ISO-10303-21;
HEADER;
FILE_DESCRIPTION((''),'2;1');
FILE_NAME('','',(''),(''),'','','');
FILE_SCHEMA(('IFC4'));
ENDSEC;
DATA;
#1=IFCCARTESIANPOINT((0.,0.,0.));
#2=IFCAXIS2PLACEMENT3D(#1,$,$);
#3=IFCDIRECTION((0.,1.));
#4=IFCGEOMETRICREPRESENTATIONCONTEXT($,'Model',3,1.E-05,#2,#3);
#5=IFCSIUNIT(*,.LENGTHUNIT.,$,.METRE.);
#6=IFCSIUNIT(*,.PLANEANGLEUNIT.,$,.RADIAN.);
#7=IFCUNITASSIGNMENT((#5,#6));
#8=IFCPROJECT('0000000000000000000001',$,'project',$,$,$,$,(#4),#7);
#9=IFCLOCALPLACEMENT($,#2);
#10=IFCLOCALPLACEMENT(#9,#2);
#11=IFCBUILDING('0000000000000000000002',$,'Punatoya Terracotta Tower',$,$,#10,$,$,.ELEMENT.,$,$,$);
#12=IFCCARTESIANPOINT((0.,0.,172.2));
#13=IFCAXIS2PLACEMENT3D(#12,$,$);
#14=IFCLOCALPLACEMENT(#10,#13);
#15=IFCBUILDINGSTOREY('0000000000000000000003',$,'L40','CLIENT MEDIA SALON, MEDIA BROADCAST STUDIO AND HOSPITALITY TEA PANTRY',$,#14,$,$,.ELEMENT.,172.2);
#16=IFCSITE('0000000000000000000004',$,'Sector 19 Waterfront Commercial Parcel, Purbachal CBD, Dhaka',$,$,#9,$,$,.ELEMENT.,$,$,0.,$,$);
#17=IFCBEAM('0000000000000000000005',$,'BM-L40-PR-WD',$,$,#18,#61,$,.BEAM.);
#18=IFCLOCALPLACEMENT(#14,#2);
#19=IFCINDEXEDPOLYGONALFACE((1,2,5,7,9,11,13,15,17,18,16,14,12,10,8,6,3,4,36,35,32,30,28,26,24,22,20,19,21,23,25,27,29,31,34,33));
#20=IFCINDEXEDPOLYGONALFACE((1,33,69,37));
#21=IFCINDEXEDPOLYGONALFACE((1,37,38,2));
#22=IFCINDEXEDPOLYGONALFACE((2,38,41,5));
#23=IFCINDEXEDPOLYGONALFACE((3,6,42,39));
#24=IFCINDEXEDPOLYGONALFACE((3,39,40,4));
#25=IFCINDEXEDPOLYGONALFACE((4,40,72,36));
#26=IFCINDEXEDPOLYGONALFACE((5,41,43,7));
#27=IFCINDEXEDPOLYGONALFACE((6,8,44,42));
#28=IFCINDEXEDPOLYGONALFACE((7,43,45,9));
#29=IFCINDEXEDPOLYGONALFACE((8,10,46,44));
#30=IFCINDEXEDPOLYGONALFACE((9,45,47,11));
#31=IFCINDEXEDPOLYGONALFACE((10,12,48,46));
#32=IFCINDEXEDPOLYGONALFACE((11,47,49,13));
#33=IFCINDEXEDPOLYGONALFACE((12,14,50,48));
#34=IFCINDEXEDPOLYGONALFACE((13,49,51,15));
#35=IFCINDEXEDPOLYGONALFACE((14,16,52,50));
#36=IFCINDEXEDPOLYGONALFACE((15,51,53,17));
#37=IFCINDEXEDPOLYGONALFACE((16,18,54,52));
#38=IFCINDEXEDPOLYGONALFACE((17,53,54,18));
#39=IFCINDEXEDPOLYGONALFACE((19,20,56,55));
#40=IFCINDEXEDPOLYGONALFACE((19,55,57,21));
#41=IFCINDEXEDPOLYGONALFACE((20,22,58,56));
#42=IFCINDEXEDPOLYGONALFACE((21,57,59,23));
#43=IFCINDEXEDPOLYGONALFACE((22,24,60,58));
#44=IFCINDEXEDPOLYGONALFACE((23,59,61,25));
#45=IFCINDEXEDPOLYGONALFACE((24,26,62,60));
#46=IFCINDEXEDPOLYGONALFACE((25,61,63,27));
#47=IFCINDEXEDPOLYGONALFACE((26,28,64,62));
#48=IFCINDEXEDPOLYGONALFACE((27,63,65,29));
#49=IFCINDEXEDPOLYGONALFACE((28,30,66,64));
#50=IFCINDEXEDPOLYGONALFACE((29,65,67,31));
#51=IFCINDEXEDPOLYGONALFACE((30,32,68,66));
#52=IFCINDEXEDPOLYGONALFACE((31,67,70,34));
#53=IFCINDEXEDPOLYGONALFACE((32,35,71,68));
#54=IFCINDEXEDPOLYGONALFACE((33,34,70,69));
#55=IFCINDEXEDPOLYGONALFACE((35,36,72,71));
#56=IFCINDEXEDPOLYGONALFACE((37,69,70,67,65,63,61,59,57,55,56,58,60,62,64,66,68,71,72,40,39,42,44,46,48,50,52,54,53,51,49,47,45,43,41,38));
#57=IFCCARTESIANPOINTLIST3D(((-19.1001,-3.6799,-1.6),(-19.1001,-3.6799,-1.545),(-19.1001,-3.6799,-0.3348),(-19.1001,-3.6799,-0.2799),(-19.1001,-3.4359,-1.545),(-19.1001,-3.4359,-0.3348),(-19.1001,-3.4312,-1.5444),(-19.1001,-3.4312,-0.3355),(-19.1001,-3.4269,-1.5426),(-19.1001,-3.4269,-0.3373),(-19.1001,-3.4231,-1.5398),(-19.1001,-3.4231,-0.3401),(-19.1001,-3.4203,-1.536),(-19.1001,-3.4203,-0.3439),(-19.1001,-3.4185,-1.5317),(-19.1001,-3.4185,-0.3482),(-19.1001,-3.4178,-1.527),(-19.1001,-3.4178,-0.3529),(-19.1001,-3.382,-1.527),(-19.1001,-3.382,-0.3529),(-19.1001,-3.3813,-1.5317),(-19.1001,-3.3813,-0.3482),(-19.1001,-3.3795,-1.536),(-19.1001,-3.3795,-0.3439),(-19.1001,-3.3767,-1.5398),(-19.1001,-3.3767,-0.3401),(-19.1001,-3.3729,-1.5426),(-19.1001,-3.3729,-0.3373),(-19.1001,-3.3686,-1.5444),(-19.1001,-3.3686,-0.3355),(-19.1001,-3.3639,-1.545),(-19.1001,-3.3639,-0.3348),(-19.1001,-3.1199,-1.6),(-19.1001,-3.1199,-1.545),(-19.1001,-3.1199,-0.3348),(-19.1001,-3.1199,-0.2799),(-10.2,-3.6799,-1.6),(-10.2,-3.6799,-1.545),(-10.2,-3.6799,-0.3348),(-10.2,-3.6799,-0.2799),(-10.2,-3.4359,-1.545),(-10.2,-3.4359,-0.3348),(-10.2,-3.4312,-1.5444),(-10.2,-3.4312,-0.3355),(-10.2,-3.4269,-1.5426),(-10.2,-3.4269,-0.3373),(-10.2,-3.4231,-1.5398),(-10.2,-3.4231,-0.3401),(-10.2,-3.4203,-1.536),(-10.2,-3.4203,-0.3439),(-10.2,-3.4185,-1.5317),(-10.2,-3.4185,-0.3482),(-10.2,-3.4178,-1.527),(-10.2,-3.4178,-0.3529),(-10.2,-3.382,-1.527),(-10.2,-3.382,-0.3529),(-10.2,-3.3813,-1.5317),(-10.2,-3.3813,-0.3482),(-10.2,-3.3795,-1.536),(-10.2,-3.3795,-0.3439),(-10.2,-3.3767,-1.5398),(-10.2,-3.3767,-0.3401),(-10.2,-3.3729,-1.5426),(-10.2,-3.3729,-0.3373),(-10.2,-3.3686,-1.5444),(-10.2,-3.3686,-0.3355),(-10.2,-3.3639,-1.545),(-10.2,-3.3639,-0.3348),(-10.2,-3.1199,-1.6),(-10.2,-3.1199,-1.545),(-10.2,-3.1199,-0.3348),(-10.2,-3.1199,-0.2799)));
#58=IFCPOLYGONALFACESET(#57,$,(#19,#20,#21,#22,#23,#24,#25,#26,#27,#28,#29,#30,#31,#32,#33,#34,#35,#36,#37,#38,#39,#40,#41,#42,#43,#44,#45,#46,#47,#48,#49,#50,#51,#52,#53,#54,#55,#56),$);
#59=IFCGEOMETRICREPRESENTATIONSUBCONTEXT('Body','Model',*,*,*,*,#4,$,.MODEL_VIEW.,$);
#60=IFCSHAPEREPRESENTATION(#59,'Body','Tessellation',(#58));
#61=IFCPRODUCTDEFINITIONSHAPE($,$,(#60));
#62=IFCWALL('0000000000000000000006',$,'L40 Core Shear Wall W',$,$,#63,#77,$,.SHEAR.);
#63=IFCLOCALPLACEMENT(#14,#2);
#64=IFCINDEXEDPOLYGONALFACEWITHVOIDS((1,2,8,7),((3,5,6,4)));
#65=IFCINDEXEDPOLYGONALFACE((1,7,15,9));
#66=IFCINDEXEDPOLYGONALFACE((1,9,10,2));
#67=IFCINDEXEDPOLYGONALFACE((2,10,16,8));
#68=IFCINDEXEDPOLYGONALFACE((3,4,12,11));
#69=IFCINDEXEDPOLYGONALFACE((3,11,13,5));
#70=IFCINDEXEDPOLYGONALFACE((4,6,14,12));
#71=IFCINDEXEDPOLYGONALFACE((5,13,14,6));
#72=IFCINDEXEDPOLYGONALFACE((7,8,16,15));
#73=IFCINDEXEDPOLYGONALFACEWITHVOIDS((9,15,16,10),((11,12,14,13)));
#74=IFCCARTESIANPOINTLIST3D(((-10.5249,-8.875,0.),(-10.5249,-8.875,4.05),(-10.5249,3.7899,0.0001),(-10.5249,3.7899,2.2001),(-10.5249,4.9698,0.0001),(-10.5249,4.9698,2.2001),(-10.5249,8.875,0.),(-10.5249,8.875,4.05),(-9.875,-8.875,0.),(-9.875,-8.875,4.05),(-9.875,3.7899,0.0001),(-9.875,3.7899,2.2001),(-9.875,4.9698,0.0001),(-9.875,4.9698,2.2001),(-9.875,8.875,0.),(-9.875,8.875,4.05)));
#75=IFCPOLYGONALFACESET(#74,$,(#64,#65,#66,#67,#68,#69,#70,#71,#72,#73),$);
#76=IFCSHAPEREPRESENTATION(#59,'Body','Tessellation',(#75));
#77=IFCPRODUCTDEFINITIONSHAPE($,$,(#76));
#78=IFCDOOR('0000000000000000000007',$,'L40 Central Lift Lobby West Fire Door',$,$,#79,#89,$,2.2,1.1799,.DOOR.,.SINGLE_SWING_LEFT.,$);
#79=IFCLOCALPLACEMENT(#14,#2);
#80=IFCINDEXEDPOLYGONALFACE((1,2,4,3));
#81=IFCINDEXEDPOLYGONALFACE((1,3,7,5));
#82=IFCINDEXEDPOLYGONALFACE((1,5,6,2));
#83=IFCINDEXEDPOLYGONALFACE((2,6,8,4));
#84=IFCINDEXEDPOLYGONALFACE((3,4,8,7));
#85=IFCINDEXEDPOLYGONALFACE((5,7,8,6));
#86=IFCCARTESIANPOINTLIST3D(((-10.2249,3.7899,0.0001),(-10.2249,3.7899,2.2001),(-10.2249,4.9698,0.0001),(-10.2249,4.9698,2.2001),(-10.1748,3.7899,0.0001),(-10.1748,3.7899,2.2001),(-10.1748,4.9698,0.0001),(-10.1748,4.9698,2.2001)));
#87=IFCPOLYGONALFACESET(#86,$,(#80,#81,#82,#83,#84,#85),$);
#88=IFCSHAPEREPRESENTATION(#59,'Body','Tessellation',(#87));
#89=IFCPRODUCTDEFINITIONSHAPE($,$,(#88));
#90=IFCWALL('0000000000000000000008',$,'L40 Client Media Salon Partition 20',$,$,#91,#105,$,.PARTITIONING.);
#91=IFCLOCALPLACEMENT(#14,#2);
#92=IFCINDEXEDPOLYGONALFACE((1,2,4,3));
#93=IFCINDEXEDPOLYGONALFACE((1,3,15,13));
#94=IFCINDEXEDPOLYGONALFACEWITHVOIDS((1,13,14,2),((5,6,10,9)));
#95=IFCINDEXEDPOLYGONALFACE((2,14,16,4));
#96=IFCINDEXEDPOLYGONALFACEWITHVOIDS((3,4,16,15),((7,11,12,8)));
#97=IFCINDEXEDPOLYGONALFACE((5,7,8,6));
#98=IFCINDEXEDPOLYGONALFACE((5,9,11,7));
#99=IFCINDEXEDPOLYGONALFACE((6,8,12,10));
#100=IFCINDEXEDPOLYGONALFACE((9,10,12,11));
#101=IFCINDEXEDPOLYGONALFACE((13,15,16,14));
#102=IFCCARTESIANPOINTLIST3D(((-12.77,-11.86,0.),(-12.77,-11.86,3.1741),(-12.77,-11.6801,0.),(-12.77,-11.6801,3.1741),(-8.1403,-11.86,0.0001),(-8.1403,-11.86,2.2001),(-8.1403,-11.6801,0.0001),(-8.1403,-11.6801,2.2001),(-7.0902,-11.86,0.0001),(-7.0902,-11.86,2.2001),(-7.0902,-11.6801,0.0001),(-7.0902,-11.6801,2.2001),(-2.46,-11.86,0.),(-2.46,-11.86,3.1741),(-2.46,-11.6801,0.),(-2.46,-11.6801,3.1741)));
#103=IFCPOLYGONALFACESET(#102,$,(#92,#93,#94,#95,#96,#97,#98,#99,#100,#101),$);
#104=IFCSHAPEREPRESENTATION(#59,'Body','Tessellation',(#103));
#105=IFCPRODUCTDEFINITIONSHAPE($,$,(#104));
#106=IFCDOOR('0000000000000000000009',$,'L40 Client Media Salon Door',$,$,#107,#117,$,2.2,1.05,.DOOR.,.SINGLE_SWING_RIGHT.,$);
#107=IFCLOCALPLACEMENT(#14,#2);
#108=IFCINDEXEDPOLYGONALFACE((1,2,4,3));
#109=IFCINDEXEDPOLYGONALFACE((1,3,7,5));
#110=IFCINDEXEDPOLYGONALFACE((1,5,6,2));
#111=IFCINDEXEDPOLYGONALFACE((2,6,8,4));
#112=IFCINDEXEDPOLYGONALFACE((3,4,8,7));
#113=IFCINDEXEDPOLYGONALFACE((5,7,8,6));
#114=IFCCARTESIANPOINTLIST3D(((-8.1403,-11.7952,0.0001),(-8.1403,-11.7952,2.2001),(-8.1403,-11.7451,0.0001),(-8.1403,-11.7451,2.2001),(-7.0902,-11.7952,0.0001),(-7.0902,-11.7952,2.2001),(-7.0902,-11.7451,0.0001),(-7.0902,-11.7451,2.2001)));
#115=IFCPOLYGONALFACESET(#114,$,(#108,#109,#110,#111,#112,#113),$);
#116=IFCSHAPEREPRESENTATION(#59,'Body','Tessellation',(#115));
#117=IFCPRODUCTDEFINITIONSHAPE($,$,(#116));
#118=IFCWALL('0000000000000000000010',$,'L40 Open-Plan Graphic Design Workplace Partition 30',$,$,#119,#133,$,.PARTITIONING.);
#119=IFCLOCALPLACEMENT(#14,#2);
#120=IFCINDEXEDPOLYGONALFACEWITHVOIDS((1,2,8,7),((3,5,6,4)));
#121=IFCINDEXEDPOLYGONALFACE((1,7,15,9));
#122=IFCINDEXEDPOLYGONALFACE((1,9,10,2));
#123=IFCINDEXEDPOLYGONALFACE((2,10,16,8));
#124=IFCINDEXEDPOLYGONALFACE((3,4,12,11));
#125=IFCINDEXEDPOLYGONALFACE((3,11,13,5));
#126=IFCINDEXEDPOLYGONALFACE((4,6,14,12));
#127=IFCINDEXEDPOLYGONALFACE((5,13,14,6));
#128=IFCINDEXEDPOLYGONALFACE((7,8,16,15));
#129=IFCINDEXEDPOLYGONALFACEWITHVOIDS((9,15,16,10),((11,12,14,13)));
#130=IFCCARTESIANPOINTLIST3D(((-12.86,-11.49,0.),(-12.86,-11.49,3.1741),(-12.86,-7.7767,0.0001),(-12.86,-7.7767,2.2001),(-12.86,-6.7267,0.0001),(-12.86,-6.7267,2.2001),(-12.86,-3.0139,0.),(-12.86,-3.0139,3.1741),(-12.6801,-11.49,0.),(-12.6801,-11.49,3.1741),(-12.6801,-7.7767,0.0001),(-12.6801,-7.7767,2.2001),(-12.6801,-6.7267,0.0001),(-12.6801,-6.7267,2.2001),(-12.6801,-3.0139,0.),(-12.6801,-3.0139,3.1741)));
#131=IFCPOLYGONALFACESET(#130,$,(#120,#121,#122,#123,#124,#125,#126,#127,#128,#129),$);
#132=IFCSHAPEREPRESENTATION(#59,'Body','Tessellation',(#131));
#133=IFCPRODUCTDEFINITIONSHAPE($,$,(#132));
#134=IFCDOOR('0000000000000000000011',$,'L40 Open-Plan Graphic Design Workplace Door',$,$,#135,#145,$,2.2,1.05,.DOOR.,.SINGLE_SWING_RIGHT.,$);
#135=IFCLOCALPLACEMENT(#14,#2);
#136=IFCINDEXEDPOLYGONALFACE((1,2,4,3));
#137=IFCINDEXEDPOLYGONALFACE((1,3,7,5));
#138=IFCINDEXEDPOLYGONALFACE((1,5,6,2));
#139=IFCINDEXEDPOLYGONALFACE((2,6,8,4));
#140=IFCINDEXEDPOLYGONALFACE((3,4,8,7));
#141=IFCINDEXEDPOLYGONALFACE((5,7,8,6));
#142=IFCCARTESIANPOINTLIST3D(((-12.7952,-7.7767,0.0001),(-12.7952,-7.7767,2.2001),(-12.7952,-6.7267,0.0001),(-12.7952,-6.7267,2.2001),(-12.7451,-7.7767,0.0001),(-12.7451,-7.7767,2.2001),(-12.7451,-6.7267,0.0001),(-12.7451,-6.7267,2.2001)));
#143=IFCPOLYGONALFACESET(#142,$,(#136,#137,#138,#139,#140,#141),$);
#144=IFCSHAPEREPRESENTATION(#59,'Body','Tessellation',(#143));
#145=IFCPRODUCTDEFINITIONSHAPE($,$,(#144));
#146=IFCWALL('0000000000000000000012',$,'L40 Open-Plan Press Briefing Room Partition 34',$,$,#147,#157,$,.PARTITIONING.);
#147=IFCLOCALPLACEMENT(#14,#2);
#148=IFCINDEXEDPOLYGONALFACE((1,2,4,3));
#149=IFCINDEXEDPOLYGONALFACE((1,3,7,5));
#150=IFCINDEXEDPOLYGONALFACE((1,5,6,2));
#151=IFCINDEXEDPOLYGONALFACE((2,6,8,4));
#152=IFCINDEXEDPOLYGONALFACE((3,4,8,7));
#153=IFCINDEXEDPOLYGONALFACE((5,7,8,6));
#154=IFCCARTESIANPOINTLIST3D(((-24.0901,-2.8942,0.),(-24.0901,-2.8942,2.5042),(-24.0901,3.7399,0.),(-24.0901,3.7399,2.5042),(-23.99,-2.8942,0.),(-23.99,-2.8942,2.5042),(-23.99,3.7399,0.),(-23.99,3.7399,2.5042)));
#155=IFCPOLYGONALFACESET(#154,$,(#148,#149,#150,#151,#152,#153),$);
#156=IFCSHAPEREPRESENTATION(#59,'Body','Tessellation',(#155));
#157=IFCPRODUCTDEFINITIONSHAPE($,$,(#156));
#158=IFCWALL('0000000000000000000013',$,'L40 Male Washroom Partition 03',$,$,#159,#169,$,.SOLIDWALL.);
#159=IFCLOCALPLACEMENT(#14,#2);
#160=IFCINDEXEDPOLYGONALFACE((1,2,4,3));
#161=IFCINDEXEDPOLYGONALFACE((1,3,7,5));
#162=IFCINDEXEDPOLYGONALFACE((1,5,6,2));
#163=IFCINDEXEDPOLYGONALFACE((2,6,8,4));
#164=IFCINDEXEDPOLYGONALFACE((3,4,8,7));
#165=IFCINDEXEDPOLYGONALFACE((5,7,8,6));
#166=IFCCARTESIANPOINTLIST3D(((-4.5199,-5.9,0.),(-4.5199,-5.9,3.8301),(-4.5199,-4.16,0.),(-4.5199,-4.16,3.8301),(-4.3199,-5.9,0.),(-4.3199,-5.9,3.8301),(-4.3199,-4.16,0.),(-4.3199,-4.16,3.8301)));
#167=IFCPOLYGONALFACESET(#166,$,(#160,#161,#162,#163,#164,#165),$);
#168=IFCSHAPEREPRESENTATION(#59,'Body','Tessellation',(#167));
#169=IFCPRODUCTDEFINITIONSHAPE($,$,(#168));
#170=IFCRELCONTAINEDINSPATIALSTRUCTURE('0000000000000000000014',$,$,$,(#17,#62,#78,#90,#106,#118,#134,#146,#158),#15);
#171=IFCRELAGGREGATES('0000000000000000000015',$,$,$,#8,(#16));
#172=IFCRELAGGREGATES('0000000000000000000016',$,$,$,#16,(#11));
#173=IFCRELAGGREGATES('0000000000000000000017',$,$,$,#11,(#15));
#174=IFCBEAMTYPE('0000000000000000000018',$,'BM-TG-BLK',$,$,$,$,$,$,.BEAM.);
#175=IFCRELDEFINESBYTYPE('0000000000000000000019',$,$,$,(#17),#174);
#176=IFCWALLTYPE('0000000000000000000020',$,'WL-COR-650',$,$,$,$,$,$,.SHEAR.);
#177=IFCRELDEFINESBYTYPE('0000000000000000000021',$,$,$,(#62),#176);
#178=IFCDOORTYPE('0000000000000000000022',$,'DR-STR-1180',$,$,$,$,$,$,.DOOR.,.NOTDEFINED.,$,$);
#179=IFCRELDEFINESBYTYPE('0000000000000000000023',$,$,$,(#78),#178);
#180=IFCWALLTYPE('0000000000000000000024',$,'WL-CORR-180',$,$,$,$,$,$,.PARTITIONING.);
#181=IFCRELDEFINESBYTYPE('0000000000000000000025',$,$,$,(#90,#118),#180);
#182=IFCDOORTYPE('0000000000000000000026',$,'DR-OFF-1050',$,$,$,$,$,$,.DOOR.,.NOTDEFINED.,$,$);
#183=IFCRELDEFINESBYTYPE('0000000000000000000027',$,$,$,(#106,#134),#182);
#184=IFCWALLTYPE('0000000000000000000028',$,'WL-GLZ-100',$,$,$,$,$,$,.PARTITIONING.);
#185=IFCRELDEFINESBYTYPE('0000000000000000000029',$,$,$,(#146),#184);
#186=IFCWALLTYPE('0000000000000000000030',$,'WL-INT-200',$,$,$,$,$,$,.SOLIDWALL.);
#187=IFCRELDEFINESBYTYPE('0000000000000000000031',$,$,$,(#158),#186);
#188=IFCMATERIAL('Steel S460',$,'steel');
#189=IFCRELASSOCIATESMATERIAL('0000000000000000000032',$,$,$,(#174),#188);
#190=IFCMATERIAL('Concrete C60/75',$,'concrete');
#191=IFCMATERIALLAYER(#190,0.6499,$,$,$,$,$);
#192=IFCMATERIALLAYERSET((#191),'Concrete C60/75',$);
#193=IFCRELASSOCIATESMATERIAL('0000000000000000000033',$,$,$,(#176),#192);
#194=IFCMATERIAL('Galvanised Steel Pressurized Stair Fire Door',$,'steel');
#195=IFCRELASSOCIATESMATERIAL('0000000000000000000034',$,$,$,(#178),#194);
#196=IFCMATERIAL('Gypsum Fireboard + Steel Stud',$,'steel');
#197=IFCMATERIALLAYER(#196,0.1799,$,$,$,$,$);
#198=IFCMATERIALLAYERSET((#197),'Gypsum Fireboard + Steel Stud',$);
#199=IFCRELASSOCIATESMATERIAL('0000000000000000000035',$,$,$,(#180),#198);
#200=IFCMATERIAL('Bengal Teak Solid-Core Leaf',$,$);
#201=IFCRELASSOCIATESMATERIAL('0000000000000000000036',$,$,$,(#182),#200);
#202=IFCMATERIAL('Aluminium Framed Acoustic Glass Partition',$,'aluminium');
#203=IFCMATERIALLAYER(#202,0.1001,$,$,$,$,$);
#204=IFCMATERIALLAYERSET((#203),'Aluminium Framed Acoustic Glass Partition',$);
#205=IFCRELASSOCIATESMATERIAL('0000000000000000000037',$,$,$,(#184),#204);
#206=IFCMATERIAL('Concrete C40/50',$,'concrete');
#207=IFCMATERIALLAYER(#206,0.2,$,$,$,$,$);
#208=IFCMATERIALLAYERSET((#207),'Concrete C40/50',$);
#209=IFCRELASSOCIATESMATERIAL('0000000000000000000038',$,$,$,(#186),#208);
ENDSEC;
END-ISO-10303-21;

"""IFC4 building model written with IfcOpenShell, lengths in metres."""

from ifc_helpers import new_model, si_unit, direction, frame, frame_2d, origin, origin_2d, place, context, subcontext, project, spatial, rectangle, i_section, extrude, material, layer, layer_set, material_profile, profile_set, type_object, element, fill, save


model = new_model("IFC4")

# Units and contexts
model_context = context("Model", 3, precision=1e-05, world=origin(), true_north=direction((0.0, 1.0)))
body_context = subcontext(model_context, "Body", "Model", "MODEL_VIEW")
ifc_project = project(units=[si_unit("LENGTHUNIT", "METRE"), si_unit("PLANEANGLEUNIT", "RADIAN")], contexts=[model_context])

# Site, building, storey
site_placement = place(None, origin())
site = spatial("IfcSite", under=ifc_project, at=site_placement, Name="Sector 19 Waterfront Commercial Parcel, Purbachal CBD, Dhaka", CompositionType="ELEMENT", RefElevation=0.0)
building_placement = place(site_placement, origin())
building = spatial("IfcBuilding", under=site, at=building_placement, Name="Punatoya Terracotta Tower", CompositionType="ELEMENT")
storey_placement = place(building_placement, frame((0.0, 0.0, 172.2)))
storey = spatial("IfcBuildingStorey", under=building, at=storey_placement, Name="L40", Description="CLIENT MEDIA SALON, MEDIA BROADCAST STUDIO AND HOSPITALITY TEA PANTRY", CompositionType="ELEMENT", Elevation=172.2)

# Shared definitions
ifc_material_1 = material(Name="Steel S460", Category="steel")

# Beam
ifc_material_2 = material(Name="Concrete C60/75", Category="concrete")
ifc_material_profile_1 = material_profile(ifc_material_1, i_section(OverallWidth=0.5601, OverallDepth=1.3201, WebThickness=0.0359, FlangeThickness=0.0549, FilletRadius=0.0181, at=origin_2d()))
ifc_profile_set_1 = profile_set([ifc_material_profile_1], Name="Steel S460")
beam_type_1 = type_object("IfcBeamType", Name="BM-TG-BLK", PredefinedType="BEAM", material=ifc_profile_set_1)
for number, where, z_axis, x_axis, name in (
    (1, (-19.1001, -3.3999, -0.9399), (1.0, 0.0, 0.0), (0.0, 1.0, 0.0), "BM-L40-PR-WD"),
):
    element("IfcBeam", number, at=place(storey_placement, frame(where, z_axis=z_axis, x_axis=x_axis)), inside=storey, type_object=beam_type_1, Name=name, PredefinedType="BEAM", context=body_context, shape_type="SweptSolid", body=[
        extrude(i_section(OverallWidth=0.5601, OverallDepth=1.3201, WebThickness=0.0359, FlangeThickness=0.0549, FilletRadius=0.0181, at=origin_2d()), origin(), (0.0, 0.0, 1.0), 8.9001),
    ])

# Walls, openings, doors
ifc_layer_1 = layer(ifc_material_2, 0.6499)
ifc_layer_set_1 = layer_set([ifc_layer_1], Name="Concrete C60/75")
wall_type_1 = type_object("IfcWallType", Name="WL-COR-650", PredefinedType="SHEAR", material=ifc_layer_set_1)
wall_1_placement = place(storey_placement, frame((-10.2, -8.875, 0.0), z_axis=(0.0, 0.0, 1.0), x_axis=(0.0, 1.0, 0.0)))
wall_1 = element("IfcWall", 2, at=wall_1_placement, inside=storey, type_object=wall_type_1, Name="L40 Core Shear Wall W", PredefinedType="SHEAR", context=body_context, shape_type="SweptSolid", body=[
    extrude(rectangle(XDim=17.75, YDim=0.6499, at=frame_2d((8.875, 0.0))), origin(), (0.0, 0.0, 1.0), 4.05),
])
opening_1_placement = place(wall_1_placement, frame((12.665, 0.0, 0.0)))
opening_1 = element("IfcOpeningElement", 3, at=opening_1_placement, cuts=wall_1, PredefinedType="OPENING", context=body_context, shape_type="SweptSolid", body=[
    extrude(rectangle(XDim=1.1799, YDim=2.2, at=frame_2d((0.5898, 1.1001))), frame((0.0, 0.335, 0.0), z_axis=(0.0, -1.0, 0.0), x_axis=(1.0, 0.0, 0.0)), (0.0, 0.0, 1.0), 0.6699),
])
ifc_material_3 = material(Name="Galvanised Steel Pressurized Stair Fire Door", Category="steel")
door_type_1 = type_object("IfcDoorType", Name="DR-STR-1180", OperationType="NOTDEFINED", PredefinedType="DOOR", material=ifc_material_3)
door_1_placement = place(opening_1_placement, origin())
door_1 = element("IfcDoor", 4, at=door_1_placement, inside=storey, type_object=door_type_1, Name="L40 Central Lift Lobby West Fire Door", OperationType="SINGLE_SWING_LEFT", OverallHeight=2.2, OverallWidth=1.1799, PredefinedType="DOOR", context=body_context, shape_type="SweptSolid", body=[
    extrude(rectangle(XDim=1.1799, YDim=2.2, at=frame_2d((0.5898, 1.1001))), frame((0.0, 0.0249, 0.0), z_axis=(0.0, -1.0, 0.0), x_axis=(1.0, 0.0, 0.0)), (0.0, 0.0, 1.0), 0.05),
])
fill(opening_1, door_1)
ifc_material_4 = material(Name="Gypsum Fireboard + Steel Stud", Category="steel")
ifc_layer_2 = layer(ifc_material_4, 0.1799)
ifc_layer_set_2 = layer_set([ifc_layer_2], Name="Gypsum Fireboard + Steel Stud")
wall_type_2 = type_object("IfcWallType", Name="WL-CORR-180", PredefinedType="PARTITIONING", material=ifc_layer_set_2)
wall_2_placement = place(storey_placement, frame((-12.77, -11.77, 0.0), z_axis=(0.0, 0.0, 1.0), x_axis=(1.0, 0.0, 0.0)))
wall_2 = element("IfcWall", 5, at=wall_2_placement, inside=storey, type_object=wall_type_2, Name="L40 Client Media Salon Partition 20", PredefinedType="PARTITIONING", context=body_context, shape_type="SweptSolid", body=[
    extrude(rectangle(XDim=10.3101, YDim=0.1799, at=frame_2d((5.155, 0.0))), origin(), (0.0, 0.0, 1.0), 3.1741),
])
opening_2_placement = place(wall_2_placement, frame((4.6299, 0.0, 0.0)))
opening_2 = element("IfcOpeningElement", 6, at=opening_2_placement, cuts=wall_2, PredefinedType="OPENING", context=body_context, shape_type="SweptSolid", body=[
    extrude(rectangle(XDim=1.05, YDim=2.2, at=frame_2d((0.5249, 1.1001))), frame((0.0, 0.0999, 0.0), z_axis=(0.0, -1.0, 0.0), x_axis=(1.0, 0.0, 0.0)), (0.0, 0.0, 1.0), 0.2),
])
ifc_material_5 = material(Name="Bengal Teak Solid-Core Leaf")
door_type_2 = type_object("IfcDoorType", Name="DR-OFF-1050", OperationType="NOTDEFINED", PredefinedType="DOOR", material=ifc_material_5)
door_2_placement = place(opening_2_placement, origin())
door_2 = element("IfcDoor", 7, at=door_2_placement, inside=storey, type_object=door_type_2, Name="L40 Client Media Salon Door", OperationType="SINGLE_SWING_RIGHT", OverallHeight=2.2, OverallWidth=1.05, PredefinedType="DOOR", context=body_context, shape_type="SweptSolid", body=[
    extrude(rectangle(XDim=1.05, YDim=2.2, at=frame_2d((0.5249, 1.1001))), frame((0.0, 0.0249, 0.0), z_axis=(0.0, -1.0, 0.0), x_axis=(1.0, 0.0, 0.0)), (0.0, 0.0, 1.0), 0.05),
])
fill(opening_2, door_2)
wall_3_placement = place(storey_placement, frame((-12.77, -3.0139, 0.0), z_axis=(0.0, 0.0, 1.0), x_axis=(0.0, -1.0, 0.0)))
wall_3 = element("IfcWall", 8, at=wall_3_placement, inside=storey, type_object=wall_type_2, Name="L40 Open-Plan Graphic Design Workplace Partition 30", PredefinedType="PARTITIONING", context=body_context, shape_type="SweptSolid", body=[
    extrude(rectangle(XDim=8.4761, YDim=0.1799, at=frame_2d((4.238, 0.0))), origin(), (0.0, 0.0, 1.0), 3.1741),
])
opening_3_placement = place(wall_3_placement, frame((3.7129, 0.0, 0.0)))
opening_3 = element("IfcOpeningElement", 9, at=opening_3_placement, cuts=wall_3, PredefinedType="OPENING", context=body_context, shape_type="SweptSolid", body=[
    extrude(rectangle(XDim=1.05, YDim=2.2, at=frame_2d((0.5249, 1.1001))), frame((0.0, 0.0999, 0.0), z_axis=(0.0, -1.0, 0.0), x_axis=(1.0, 0.0, 0.0)), (0.0, 0.0, 1.0), 0.2),
])
door_3_placement = place(opening_3_placement, origin())
door_3 = element("IfcDoor", 10, at=door_3_placement, inside=storey, type_object=door_type_2, Name="L40 Open-Plan Graphic Design Workplace Door", OperationType="SINGLE_SWING_RIGHT", OverallHeight=2.2, OverallWidth=1.05, PredefinedType="DOOR", context=body_context, shape_type="SweptSolid", body=[
    extrude(rectangle(XDim=1.05, YDim=2.2, at=frame_2d((0.5249, 1.1001))), frame((0.0, 0.0249, 0.0), z_axis=(0.0, -1.0, 0.0), x_axis=(1.0, 0.0, 0.0)), (0.0, 0.0, 1.0), 0.05),
])
fill(opening_3, door_3)

# Walls
ifc_material_6 = material(Name="Aluminium Framed Acoustic Glass Partition", Category="aluminium")
ifc_layer_3 = layer(ifc_material_6, 0.1001)
ifc_layer_set_3 = layer_set([ifc_layer_3], Name="Aluminium Framed Acoustic Glass Partition")
wall_type_3 = type_object("IfcWallType", Name="WL-GLZ-100", PredefinedType="PARTITIONING", material=ifc_layer_set_3)
wall_4_placement = place(storey_placement, frame((-24.04, -2.894, 0.0), z_axis=(0.0, 0.0, 1.0), x_axis=(0.0, 1.0, 0.0)))
element("IfcWall", 11, at=wall_4_placement, inside=storey, type_object=wall_type_3, Name="L40 Open-Plan Press Briefing Room Partition 34", PredefinedType="PARTITIONING", context=body_context, shape_type="SweptSolid", body=[
    extrude(rectangle(XDim=6.634, YDim=0.1001, at=frame_2d((3.3169, 0.0))), origin(), (0.0, 0.0, 1.0), 2.5042),
])
ifc_material_7 = material(Name="Concrete C40/50", Category="concrete")
ifc_layer_4 = layer(ifc_material_7, 0.2)
ifc_layer_set_4 = layer_set([ifc_layer_4], Name="Concrete C40/50")
wall_type_4 = type_object("IfcWallType", Name="WL-INT-200", PredefinedType="SOLIDWALL", material=ifc_layer_set_4)
wall_5_placement = place(storey_placement, frame((-4.4199, -4.1599, 0.0), z_axis=(0.0, 0.0, 1.0), x_axis=(0.0, -1.0, 0.0)))
element("IfcWall", 12, at=wall_5_placement, inside=storey, type_object=wall_type_4, Name="L40 Male Washroom Partition 03", PredefinedType="SOLIDWALL", context=body_context, shape_type="SweptSolid", body=[
    extrude(rectangle(XDim=1.74, YDim=0.2, at=frame_2d((0.8701, 0.0))), origin(), (0.0, 0.0, 1.0), 3.8301),
])

save(model, "model.ifc")
